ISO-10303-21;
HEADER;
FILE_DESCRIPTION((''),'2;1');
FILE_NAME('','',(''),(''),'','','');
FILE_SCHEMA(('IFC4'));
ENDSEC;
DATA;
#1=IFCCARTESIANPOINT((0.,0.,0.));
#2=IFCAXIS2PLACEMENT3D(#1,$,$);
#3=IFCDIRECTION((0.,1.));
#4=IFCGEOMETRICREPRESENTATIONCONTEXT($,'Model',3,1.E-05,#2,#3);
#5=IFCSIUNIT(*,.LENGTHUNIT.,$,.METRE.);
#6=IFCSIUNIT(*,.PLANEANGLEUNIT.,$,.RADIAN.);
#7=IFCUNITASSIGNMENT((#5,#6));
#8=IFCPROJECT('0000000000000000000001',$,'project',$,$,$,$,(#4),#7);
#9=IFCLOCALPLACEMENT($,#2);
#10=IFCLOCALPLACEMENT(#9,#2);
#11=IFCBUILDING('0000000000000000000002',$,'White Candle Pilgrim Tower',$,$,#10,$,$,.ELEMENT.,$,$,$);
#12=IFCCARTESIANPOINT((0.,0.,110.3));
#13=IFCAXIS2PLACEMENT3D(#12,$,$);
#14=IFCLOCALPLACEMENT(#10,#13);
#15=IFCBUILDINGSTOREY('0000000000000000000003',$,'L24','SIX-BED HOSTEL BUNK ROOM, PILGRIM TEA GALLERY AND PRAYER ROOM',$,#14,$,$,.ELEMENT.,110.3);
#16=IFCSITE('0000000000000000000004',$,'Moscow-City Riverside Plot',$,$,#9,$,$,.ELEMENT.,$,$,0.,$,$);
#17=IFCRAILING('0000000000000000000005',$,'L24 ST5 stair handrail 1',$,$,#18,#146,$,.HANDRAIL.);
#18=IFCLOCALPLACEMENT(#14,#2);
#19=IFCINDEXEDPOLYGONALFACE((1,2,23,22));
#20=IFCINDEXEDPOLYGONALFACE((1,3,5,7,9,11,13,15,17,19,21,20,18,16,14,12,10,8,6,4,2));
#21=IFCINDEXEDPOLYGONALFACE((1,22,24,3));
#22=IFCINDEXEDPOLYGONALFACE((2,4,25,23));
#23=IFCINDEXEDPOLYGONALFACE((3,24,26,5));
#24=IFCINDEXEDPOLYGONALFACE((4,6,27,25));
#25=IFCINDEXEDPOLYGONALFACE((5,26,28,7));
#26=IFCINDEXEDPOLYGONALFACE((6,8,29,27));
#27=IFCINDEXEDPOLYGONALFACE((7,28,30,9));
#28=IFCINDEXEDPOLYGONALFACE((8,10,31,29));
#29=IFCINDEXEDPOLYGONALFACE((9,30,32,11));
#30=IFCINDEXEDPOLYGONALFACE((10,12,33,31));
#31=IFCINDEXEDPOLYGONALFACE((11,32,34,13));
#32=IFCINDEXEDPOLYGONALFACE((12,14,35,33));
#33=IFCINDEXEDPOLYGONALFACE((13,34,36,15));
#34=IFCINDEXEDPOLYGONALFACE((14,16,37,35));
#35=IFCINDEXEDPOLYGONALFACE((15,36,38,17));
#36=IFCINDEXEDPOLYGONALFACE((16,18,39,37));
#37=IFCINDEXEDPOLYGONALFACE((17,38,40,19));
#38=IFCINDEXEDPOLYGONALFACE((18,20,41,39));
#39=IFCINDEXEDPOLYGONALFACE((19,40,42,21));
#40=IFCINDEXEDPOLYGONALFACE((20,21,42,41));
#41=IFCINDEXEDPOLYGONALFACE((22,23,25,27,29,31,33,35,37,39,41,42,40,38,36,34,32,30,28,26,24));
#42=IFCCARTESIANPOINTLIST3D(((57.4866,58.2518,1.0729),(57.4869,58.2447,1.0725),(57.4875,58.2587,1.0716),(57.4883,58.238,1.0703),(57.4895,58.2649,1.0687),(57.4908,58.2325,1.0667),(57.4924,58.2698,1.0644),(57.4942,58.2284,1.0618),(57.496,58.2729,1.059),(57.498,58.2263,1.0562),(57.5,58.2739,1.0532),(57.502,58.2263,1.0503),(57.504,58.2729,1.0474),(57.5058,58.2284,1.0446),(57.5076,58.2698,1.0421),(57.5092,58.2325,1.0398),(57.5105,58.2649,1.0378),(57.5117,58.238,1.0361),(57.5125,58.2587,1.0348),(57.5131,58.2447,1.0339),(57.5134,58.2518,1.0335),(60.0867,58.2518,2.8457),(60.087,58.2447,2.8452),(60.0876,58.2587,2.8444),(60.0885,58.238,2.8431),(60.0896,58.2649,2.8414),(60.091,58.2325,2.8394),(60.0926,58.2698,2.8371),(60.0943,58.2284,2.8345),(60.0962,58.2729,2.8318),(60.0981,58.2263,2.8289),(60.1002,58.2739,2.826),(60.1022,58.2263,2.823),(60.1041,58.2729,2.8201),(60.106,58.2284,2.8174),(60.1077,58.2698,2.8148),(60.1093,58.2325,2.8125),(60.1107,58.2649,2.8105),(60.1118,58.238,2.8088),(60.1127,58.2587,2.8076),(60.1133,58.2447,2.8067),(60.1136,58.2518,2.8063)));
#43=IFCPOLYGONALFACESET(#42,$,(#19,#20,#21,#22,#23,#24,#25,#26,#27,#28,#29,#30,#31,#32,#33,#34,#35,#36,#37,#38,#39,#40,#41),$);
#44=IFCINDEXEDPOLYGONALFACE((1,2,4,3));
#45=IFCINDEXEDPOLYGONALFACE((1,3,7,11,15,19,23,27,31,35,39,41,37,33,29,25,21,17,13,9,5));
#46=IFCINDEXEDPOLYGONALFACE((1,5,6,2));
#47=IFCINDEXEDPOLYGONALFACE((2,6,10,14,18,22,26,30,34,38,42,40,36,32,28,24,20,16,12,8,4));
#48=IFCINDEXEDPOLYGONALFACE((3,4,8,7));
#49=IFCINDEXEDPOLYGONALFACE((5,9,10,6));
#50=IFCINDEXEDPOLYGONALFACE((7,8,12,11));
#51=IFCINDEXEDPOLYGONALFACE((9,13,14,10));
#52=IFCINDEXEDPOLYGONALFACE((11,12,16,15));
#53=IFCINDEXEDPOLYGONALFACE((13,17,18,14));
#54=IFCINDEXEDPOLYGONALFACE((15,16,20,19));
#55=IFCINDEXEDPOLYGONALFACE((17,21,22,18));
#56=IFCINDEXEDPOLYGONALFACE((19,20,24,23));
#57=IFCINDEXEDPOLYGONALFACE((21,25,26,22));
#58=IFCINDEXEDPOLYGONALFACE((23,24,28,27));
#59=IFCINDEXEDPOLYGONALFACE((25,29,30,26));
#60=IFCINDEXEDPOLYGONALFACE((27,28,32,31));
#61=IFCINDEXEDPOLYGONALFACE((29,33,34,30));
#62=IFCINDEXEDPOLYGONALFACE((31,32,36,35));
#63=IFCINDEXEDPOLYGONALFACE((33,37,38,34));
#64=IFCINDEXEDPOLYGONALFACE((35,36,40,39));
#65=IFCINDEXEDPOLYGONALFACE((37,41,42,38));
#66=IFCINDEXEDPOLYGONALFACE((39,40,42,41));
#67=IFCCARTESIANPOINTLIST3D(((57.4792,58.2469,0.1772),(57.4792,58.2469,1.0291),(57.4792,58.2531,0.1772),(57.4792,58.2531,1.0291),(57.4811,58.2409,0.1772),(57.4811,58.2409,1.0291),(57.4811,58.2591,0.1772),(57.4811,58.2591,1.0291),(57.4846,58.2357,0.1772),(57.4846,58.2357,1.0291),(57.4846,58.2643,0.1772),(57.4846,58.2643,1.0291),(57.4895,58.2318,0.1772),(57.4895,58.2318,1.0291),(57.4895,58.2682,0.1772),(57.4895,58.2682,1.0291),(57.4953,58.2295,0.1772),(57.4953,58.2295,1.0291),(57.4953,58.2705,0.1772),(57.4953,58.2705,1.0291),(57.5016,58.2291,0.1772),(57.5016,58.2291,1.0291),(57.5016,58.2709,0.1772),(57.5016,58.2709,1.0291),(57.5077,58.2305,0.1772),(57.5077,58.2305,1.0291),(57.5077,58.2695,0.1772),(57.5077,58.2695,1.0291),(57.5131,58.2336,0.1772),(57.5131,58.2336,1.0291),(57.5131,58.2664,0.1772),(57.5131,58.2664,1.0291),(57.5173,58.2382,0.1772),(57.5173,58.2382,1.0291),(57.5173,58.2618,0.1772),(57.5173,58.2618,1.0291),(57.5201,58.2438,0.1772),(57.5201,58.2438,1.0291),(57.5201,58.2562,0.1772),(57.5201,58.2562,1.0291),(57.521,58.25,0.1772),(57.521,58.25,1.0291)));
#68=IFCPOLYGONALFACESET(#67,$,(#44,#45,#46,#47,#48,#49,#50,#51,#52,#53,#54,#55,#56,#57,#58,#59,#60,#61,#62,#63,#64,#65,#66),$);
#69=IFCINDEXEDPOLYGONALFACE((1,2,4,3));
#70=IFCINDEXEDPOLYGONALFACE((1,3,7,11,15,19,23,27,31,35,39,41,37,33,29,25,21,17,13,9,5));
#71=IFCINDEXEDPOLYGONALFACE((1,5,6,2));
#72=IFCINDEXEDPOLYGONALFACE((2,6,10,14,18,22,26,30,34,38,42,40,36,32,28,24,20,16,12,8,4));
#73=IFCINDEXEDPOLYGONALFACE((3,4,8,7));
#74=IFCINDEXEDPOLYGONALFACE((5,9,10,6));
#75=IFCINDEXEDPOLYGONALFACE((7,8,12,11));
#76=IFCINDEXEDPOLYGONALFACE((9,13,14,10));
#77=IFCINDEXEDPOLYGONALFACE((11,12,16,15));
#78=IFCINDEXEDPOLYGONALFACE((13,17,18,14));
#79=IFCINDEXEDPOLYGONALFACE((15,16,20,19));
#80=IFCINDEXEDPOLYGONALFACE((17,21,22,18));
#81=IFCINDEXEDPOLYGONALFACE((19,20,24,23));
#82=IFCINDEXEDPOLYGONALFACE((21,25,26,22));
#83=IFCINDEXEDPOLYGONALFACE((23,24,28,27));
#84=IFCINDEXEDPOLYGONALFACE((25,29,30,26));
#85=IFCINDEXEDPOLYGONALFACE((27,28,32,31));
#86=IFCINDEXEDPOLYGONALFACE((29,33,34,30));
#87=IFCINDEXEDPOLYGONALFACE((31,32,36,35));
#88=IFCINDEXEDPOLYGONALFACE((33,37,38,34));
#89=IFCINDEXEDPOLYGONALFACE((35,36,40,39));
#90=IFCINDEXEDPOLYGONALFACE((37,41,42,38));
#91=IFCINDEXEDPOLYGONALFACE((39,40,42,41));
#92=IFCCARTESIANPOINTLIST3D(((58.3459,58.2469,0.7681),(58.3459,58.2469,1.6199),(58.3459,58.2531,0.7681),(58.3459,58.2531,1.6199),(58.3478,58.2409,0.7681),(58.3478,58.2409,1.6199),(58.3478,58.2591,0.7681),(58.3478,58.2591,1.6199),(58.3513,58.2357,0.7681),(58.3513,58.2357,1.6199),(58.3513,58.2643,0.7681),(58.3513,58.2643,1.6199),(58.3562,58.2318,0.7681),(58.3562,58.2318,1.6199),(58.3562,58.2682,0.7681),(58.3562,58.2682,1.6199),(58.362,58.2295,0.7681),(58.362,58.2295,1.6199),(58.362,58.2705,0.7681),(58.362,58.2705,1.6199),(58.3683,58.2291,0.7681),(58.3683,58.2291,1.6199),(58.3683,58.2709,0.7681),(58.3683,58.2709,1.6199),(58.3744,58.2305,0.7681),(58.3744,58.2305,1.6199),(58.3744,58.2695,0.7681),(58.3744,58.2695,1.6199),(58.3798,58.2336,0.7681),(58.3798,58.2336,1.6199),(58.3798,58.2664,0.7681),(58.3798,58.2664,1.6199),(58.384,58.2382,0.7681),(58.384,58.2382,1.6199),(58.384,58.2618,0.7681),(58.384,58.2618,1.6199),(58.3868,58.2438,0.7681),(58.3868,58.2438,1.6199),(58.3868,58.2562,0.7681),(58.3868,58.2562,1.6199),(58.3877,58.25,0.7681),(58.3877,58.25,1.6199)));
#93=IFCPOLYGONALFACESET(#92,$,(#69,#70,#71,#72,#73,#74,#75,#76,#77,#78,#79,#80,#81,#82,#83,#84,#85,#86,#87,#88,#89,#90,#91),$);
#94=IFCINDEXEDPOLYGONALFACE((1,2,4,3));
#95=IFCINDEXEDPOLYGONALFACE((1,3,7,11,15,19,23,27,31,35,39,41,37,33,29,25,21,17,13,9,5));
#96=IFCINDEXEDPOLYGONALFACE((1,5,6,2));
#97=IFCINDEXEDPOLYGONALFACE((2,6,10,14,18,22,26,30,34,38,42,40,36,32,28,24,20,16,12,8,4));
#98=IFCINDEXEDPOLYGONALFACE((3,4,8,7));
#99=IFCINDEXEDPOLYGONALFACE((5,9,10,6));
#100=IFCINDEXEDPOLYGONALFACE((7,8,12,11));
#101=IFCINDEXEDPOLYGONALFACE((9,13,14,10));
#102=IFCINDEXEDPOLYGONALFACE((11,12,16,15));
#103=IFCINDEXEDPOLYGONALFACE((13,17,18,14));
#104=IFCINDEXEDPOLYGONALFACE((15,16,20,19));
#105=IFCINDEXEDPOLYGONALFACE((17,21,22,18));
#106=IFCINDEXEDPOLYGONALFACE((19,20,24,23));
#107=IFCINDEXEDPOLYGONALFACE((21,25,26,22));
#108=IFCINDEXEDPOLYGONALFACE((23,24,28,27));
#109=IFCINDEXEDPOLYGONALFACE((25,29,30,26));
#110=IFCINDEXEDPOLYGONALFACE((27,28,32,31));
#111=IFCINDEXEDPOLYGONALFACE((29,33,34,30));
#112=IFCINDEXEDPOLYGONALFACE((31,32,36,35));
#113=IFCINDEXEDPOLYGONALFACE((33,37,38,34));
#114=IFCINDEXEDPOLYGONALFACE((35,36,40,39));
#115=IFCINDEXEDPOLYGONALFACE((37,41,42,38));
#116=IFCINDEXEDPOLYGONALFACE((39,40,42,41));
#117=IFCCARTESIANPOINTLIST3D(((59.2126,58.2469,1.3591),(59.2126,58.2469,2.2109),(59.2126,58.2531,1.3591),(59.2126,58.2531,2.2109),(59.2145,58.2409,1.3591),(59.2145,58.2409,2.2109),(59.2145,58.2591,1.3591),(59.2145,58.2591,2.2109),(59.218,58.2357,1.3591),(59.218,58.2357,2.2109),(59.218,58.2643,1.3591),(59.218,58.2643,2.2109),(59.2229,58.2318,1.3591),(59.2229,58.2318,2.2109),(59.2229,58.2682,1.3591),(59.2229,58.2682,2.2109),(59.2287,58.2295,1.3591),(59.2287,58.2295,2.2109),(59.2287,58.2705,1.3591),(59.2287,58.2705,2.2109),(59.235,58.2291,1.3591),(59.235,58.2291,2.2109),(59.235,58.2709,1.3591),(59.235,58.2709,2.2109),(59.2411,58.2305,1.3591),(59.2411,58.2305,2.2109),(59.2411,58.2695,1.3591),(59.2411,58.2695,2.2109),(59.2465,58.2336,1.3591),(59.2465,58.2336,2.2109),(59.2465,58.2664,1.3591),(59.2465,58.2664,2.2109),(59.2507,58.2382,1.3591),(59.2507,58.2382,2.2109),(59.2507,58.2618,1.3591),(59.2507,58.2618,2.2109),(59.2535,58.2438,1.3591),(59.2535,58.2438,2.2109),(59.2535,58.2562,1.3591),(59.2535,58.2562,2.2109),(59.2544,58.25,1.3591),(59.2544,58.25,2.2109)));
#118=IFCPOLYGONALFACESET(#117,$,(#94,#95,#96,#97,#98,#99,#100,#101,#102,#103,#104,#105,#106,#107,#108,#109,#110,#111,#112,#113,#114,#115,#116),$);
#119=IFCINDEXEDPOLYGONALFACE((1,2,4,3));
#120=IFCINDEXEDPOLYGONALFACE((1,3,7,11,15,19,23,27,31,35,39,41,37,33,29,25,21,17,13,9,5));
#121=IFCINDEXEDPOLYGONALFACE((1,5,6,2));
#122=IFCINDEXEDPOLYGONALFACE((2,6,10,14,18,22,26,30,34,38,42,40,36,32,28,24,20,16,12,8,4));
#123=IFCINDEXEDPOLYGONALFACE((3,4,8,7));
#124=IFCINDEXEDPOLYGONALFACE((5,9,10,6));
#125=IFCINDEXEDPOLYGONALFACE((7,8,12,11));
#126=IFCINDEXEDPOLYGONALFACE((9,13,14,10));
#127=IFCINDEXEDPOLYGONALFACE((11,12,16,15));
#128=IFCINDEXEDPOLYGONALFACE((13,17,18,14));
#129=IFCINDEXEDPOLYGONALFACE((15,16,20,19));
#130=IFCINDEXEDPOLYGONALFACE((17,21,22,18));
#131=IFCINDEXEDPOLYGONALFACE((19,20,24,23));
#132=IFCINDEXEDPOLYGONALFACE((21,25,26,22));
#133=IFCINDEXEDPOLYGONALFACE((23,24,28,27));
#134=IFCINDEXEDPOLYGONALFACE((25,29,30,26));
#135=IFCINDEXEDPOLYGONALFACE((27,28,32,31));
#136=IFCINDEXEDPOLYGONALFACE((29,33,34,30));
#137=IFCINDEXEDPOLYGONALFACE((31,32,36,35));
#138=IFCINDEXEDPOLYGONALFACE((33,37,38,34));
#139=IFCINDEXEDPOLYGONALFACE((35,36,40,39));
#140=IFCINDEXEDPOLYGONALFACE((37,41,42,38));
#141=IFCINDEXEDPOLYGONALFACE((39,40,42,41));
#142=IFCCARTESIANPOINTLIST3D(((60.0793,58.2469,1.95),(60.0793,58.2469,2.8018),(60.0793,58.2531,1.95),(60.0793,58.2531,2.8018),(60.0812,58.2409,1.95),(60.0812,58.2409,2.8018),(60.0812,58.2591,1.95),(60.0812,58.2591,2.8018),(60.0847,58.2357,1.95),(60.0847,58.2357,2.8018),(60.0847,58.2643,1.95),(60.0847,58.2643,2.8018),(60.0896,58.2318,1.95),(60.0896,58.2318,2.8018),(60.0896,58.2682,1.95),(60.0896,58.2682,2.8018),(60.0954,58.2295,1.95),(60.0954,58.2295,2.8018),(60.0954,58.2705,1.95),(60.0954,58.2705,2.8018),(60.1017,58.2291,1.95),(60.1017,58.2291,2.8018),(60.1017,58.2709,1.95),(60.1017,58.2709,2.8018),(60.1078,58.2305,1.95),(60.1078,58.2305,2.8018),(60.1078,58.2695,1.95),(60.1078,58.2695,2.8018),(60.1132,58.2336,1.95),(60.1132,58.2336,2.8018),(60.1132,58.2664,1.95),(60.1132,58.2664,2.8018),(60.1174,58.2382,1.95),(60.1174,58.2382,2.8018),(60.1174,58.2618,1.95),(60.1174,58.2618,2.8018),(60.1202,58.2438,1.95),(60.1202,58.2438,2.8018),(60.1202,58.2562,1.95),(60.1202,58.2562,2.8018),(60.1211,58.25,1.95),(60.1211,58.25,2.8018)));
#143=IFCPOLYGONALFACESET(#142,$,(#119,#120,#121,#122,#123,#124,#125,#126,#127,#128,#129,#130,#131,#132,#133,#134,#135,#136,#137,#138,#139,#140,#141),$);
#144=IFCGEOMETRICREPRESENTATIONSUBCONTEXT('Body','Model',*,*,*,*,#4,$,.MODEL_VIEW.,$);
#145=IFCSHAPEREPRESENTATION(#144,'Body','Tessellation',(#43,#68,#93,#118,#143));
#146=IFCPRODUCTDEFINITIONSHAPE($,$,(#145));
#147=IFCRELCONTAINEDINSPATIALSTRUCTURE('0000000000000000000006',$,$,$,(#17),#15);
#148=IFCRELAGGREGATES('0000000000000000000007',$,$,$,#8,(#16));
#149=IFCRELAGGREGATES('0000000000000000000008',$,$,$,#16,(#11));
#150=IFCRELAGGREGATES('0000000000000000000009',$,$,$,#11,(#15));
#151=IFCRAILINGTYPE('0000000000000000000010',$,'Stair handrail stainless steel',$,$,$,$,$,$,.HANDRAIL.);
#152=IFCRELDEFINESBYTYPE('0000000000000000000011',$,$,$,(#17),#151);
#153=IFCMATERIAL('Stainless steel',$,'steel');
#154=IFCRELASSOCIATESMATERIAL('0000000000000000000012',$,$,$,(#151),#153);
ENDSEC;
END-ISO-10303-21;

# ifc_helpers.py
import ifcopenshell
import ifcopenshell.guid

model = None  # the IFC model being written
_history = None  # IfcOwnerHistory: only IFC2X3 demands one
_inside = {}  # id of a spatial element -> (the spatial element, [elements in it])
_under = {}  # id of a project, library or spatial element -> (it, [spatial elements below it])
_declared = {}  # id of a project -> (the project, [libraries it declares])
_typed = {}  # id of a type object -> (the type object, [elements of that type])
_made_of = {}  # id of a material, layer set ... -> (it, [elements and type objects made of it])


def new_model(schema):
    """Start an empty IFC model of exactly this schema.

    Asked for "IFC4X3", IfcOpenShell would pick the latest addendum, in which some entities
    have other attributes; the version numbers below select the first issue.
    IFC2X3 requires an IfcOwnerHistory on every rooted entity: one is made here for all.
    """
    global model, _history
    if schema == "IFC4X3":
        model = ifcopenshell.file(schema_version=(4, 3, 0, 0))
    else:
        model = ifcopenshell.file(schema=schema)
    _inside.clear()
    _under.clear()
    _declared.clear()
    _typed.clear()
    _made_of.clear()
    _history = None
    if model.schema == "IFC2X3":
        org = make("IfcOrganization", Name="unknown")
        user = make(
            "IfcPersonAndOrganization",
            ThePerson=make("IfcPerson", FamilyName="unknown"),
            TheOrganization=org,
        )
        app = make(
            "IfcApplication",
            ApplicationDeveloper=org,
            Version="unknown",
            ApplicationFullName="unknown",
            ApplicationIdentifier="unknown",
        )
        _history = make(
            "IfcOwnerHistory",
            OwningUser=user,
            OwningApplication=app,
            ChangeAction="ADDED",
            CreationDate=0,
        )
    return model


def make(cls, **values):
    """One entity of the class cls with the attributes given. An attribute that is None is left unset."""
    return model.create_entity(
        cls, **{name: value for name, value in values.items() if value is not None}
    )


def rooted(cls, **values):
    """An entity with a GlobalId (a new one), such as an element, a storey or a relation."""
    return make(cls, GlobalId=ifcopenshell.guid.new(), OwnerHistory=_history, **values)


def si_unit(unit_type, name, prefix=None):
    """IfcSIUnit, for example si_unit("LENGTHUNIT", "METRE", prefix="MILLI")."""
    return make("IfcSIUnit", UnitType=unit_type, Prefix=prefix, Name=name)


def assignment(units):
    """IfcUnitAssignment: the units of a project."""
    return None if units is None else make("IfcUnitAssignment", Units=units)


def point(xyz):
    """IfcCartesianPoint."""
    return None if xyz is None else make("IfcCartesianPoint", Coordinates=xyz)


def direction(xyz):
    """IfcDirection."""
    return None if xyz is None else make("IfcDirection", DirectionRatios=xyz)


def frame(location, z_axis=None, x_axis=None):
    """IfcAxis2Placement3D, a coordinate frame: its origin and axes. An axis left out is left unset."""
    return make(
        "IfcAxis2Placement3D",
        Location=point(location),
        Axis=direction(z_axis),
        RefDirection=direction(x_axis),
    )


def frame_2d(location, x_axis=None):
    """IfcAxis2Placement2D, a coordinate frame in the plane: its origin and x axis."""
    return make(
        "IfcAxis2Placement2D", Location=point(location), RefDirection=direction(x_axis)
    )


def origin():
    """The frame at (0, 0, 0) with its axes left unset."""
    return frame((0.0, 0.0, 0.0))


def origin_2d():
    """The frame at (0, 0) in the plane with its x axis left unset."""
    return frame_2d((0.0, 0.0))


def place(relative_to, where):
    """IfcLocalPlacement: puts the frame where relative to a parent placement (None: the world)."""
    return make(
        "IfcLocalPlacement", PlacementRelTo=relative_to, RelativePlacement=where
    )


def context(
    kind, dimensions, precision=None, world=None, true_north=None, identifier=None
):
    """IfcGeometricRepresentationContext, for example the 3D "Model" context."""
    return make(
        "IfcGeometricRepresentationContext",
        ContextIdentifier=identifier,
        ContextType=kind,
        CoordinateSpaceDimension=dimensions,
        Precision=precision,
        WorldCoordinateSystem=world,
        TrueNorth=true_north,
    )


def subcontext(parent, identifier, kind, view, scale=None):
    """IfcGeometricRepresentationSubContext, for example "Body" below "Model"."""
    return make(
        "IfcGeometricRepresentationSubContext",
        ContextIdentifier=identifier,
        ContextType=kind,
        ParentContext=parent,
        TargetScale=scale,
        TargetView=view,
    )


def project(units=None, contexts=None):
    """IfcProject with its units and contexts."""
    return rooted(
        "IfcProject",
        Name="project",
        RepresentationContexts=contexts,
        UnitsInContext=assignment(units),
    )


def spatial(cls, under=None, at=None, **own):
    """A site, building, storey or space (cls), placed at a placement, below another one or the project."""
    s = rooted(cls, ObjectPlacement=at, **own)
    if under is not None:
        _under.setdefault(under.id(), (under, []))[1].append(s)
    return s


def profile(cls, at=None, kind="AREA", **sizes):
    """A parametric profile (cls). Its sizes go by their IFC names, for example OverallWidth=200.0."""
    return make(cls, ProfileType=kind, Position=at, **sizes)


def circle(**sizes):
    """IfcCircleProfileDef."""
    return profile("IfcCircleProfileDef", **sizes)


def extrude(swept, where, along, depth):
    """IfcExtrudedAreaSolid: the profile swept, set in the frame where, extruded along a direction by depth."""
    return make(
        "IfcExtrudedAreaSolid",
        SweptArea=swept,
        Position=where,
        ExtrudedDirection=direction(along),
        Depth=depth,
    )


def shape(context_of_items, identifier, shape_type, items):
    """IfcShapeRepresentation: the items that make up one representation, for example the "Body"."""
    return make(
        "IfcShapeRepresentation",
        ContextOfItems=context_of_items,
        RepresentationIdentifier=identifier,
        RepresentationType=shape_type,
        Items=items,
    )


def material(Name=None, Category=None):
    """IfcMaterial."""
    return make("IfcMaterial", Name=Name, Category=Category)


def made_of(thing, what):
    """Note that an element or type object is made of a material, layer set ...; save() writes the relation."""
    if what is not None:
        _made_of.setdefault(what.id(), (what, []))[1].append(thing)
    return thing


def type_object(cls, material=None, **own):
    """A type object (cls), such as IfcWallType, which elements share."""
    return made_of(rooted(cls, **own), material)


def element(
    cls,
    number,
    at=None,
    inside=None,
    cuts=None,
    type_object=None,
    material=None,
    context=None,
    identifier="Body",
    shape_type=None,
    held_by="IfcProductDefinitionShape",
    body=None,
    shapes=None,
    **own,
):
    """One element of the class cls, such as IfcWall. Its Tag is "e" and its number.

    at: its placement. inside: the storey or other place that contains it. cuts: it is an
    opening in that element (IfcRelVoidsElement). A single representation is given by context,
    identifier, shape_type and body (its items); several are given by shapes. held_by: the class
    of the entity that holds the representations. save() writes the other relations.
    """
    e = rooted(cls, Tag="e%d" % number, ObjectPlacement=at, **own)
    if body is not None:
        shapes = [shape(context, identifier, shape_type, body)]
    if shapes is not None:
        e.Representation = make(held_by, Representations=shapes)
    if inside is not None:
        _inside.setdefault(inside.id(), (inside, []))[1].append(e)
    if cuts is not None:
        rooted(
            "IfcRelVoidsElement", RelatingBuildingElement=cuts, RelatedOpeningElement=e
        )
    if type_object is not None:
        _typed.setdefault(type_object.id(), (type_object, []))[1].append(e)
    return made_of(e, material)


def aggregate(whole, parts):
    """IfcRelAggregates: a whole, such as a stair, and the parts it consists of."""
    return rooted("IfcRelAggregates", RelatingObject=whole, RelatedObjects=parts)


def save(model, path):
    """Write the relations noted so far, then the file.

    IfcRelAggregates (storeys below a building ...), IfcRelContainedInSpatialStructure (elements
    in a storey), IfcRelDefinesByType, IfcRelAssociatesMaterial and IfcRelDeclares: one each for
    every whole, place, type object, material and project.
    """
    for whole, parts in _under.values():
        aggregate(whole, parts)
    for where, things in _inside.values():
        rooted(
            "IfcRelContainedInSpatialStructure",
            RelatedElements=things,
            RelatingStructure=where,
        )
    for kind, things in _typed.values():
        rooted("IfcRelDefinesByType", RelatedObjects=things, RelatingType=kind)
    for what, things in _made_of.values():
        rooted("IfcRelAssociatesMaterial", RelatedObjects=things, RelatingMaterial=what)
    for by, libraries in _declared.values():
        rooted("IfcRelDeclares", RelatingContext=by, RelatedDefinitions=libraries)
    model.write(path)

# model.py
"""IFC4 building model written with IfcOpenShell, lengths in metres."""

from ifc_helpers import new_model, si_unit, direction, frame, origin, origin_2d, place, context, subcontext, project, spatial, circle, extrude, material, type_object, element, save


model = new_model("IFC4")

# Units and contexts
model_context = context("Model", 3, precision=1e-05, world=origin(), true_north=direction((0.0, 1.0)))
body_context = subcontext(model_context, "Body", "Model", "MODEL_VIEW")
ifc_project = project(units=[si_unit("LENGTHUNIT", "METRE"), si_unit("PLANEANGLEUNIT", "RADIAN")], contexts=[model_context])

# Site, building, storey
site_placement = place(None, origin())
site = spatial("IfcSite", under=ifc_project, at=site_placement, Name="Moscow-City Riverside Plot", CompositionType="ELEMENT", RefElevation=0.0)
building_placement = place(site_placement, origin())
building = spatial("IfcBuilding", under=site, at=building_placement, Name="White Candle Pilgrim Tower", CompositionType="ELEMENT")
storey_placement = place(building_placement, frame((0.0, 0.0, 110.3)))
storey = spatial("IfcBuildingStorey", under=building, at=storey_placement, Name="L24", Description="SIX-BED HOSTEL BUNK ROOM, PILGRIM TEA GALLERY AND PRAYER ROOM", CompositionType="ELEMENT", Elevation=110.3)

# Railing
ifc_material_1 = material(Name="Stainless steel", Category="steel")
railing_type_1 = type_object("IfcRailingType", Name="Stair handrail stainless steel", PredefinedType="HANDRAIL", material=ifc_material_1)
railing_1_placement = place(storey_placement, frame((57.5, 58.25, 0.1772)))
element("IfcRailing", 1, at=railing_1_placement, inside=storey, type_object=railing_type_1, Name="L24 ST5 stair handrail 1", PredefinedType="HANDRAIL", context=body_context, shape_type="SweptSolid", body=[
    extrude(circle(Radius=0.0239, at=origin_2d()), frame((0.0, 0.0, 0.876), z_axis=(0.82624, 0.0, 0.563318), x_axis=(0.0, 1.0, 0.0)), (0.0, 0.0, 1.0), 3.147),
    extrude(circle(Radius=0.021, at=origin_2d()), origin(), (0.0, 0.0, 1.0), 0.8518),
    extrude(circle(Radius=0.021, at=origin_2d()), frame((0.8667, 0.0, 0.5908)), (0.0, 0.0, 1.0), 0.8518),
    extrude(circle(Radius=0.021, at=origin_2d()), frame((1.7334, 0.0, 1.1819)), (0.0, 0.0, 1.0), 0.8518),
    extrude(circle(Radius=0.021, at=origin_2d()), frame((2.6001, 0.0, 1.7727)), (0.0, 0.0, 1.0), 0.8518),
])

save(model, "model.ifc")
